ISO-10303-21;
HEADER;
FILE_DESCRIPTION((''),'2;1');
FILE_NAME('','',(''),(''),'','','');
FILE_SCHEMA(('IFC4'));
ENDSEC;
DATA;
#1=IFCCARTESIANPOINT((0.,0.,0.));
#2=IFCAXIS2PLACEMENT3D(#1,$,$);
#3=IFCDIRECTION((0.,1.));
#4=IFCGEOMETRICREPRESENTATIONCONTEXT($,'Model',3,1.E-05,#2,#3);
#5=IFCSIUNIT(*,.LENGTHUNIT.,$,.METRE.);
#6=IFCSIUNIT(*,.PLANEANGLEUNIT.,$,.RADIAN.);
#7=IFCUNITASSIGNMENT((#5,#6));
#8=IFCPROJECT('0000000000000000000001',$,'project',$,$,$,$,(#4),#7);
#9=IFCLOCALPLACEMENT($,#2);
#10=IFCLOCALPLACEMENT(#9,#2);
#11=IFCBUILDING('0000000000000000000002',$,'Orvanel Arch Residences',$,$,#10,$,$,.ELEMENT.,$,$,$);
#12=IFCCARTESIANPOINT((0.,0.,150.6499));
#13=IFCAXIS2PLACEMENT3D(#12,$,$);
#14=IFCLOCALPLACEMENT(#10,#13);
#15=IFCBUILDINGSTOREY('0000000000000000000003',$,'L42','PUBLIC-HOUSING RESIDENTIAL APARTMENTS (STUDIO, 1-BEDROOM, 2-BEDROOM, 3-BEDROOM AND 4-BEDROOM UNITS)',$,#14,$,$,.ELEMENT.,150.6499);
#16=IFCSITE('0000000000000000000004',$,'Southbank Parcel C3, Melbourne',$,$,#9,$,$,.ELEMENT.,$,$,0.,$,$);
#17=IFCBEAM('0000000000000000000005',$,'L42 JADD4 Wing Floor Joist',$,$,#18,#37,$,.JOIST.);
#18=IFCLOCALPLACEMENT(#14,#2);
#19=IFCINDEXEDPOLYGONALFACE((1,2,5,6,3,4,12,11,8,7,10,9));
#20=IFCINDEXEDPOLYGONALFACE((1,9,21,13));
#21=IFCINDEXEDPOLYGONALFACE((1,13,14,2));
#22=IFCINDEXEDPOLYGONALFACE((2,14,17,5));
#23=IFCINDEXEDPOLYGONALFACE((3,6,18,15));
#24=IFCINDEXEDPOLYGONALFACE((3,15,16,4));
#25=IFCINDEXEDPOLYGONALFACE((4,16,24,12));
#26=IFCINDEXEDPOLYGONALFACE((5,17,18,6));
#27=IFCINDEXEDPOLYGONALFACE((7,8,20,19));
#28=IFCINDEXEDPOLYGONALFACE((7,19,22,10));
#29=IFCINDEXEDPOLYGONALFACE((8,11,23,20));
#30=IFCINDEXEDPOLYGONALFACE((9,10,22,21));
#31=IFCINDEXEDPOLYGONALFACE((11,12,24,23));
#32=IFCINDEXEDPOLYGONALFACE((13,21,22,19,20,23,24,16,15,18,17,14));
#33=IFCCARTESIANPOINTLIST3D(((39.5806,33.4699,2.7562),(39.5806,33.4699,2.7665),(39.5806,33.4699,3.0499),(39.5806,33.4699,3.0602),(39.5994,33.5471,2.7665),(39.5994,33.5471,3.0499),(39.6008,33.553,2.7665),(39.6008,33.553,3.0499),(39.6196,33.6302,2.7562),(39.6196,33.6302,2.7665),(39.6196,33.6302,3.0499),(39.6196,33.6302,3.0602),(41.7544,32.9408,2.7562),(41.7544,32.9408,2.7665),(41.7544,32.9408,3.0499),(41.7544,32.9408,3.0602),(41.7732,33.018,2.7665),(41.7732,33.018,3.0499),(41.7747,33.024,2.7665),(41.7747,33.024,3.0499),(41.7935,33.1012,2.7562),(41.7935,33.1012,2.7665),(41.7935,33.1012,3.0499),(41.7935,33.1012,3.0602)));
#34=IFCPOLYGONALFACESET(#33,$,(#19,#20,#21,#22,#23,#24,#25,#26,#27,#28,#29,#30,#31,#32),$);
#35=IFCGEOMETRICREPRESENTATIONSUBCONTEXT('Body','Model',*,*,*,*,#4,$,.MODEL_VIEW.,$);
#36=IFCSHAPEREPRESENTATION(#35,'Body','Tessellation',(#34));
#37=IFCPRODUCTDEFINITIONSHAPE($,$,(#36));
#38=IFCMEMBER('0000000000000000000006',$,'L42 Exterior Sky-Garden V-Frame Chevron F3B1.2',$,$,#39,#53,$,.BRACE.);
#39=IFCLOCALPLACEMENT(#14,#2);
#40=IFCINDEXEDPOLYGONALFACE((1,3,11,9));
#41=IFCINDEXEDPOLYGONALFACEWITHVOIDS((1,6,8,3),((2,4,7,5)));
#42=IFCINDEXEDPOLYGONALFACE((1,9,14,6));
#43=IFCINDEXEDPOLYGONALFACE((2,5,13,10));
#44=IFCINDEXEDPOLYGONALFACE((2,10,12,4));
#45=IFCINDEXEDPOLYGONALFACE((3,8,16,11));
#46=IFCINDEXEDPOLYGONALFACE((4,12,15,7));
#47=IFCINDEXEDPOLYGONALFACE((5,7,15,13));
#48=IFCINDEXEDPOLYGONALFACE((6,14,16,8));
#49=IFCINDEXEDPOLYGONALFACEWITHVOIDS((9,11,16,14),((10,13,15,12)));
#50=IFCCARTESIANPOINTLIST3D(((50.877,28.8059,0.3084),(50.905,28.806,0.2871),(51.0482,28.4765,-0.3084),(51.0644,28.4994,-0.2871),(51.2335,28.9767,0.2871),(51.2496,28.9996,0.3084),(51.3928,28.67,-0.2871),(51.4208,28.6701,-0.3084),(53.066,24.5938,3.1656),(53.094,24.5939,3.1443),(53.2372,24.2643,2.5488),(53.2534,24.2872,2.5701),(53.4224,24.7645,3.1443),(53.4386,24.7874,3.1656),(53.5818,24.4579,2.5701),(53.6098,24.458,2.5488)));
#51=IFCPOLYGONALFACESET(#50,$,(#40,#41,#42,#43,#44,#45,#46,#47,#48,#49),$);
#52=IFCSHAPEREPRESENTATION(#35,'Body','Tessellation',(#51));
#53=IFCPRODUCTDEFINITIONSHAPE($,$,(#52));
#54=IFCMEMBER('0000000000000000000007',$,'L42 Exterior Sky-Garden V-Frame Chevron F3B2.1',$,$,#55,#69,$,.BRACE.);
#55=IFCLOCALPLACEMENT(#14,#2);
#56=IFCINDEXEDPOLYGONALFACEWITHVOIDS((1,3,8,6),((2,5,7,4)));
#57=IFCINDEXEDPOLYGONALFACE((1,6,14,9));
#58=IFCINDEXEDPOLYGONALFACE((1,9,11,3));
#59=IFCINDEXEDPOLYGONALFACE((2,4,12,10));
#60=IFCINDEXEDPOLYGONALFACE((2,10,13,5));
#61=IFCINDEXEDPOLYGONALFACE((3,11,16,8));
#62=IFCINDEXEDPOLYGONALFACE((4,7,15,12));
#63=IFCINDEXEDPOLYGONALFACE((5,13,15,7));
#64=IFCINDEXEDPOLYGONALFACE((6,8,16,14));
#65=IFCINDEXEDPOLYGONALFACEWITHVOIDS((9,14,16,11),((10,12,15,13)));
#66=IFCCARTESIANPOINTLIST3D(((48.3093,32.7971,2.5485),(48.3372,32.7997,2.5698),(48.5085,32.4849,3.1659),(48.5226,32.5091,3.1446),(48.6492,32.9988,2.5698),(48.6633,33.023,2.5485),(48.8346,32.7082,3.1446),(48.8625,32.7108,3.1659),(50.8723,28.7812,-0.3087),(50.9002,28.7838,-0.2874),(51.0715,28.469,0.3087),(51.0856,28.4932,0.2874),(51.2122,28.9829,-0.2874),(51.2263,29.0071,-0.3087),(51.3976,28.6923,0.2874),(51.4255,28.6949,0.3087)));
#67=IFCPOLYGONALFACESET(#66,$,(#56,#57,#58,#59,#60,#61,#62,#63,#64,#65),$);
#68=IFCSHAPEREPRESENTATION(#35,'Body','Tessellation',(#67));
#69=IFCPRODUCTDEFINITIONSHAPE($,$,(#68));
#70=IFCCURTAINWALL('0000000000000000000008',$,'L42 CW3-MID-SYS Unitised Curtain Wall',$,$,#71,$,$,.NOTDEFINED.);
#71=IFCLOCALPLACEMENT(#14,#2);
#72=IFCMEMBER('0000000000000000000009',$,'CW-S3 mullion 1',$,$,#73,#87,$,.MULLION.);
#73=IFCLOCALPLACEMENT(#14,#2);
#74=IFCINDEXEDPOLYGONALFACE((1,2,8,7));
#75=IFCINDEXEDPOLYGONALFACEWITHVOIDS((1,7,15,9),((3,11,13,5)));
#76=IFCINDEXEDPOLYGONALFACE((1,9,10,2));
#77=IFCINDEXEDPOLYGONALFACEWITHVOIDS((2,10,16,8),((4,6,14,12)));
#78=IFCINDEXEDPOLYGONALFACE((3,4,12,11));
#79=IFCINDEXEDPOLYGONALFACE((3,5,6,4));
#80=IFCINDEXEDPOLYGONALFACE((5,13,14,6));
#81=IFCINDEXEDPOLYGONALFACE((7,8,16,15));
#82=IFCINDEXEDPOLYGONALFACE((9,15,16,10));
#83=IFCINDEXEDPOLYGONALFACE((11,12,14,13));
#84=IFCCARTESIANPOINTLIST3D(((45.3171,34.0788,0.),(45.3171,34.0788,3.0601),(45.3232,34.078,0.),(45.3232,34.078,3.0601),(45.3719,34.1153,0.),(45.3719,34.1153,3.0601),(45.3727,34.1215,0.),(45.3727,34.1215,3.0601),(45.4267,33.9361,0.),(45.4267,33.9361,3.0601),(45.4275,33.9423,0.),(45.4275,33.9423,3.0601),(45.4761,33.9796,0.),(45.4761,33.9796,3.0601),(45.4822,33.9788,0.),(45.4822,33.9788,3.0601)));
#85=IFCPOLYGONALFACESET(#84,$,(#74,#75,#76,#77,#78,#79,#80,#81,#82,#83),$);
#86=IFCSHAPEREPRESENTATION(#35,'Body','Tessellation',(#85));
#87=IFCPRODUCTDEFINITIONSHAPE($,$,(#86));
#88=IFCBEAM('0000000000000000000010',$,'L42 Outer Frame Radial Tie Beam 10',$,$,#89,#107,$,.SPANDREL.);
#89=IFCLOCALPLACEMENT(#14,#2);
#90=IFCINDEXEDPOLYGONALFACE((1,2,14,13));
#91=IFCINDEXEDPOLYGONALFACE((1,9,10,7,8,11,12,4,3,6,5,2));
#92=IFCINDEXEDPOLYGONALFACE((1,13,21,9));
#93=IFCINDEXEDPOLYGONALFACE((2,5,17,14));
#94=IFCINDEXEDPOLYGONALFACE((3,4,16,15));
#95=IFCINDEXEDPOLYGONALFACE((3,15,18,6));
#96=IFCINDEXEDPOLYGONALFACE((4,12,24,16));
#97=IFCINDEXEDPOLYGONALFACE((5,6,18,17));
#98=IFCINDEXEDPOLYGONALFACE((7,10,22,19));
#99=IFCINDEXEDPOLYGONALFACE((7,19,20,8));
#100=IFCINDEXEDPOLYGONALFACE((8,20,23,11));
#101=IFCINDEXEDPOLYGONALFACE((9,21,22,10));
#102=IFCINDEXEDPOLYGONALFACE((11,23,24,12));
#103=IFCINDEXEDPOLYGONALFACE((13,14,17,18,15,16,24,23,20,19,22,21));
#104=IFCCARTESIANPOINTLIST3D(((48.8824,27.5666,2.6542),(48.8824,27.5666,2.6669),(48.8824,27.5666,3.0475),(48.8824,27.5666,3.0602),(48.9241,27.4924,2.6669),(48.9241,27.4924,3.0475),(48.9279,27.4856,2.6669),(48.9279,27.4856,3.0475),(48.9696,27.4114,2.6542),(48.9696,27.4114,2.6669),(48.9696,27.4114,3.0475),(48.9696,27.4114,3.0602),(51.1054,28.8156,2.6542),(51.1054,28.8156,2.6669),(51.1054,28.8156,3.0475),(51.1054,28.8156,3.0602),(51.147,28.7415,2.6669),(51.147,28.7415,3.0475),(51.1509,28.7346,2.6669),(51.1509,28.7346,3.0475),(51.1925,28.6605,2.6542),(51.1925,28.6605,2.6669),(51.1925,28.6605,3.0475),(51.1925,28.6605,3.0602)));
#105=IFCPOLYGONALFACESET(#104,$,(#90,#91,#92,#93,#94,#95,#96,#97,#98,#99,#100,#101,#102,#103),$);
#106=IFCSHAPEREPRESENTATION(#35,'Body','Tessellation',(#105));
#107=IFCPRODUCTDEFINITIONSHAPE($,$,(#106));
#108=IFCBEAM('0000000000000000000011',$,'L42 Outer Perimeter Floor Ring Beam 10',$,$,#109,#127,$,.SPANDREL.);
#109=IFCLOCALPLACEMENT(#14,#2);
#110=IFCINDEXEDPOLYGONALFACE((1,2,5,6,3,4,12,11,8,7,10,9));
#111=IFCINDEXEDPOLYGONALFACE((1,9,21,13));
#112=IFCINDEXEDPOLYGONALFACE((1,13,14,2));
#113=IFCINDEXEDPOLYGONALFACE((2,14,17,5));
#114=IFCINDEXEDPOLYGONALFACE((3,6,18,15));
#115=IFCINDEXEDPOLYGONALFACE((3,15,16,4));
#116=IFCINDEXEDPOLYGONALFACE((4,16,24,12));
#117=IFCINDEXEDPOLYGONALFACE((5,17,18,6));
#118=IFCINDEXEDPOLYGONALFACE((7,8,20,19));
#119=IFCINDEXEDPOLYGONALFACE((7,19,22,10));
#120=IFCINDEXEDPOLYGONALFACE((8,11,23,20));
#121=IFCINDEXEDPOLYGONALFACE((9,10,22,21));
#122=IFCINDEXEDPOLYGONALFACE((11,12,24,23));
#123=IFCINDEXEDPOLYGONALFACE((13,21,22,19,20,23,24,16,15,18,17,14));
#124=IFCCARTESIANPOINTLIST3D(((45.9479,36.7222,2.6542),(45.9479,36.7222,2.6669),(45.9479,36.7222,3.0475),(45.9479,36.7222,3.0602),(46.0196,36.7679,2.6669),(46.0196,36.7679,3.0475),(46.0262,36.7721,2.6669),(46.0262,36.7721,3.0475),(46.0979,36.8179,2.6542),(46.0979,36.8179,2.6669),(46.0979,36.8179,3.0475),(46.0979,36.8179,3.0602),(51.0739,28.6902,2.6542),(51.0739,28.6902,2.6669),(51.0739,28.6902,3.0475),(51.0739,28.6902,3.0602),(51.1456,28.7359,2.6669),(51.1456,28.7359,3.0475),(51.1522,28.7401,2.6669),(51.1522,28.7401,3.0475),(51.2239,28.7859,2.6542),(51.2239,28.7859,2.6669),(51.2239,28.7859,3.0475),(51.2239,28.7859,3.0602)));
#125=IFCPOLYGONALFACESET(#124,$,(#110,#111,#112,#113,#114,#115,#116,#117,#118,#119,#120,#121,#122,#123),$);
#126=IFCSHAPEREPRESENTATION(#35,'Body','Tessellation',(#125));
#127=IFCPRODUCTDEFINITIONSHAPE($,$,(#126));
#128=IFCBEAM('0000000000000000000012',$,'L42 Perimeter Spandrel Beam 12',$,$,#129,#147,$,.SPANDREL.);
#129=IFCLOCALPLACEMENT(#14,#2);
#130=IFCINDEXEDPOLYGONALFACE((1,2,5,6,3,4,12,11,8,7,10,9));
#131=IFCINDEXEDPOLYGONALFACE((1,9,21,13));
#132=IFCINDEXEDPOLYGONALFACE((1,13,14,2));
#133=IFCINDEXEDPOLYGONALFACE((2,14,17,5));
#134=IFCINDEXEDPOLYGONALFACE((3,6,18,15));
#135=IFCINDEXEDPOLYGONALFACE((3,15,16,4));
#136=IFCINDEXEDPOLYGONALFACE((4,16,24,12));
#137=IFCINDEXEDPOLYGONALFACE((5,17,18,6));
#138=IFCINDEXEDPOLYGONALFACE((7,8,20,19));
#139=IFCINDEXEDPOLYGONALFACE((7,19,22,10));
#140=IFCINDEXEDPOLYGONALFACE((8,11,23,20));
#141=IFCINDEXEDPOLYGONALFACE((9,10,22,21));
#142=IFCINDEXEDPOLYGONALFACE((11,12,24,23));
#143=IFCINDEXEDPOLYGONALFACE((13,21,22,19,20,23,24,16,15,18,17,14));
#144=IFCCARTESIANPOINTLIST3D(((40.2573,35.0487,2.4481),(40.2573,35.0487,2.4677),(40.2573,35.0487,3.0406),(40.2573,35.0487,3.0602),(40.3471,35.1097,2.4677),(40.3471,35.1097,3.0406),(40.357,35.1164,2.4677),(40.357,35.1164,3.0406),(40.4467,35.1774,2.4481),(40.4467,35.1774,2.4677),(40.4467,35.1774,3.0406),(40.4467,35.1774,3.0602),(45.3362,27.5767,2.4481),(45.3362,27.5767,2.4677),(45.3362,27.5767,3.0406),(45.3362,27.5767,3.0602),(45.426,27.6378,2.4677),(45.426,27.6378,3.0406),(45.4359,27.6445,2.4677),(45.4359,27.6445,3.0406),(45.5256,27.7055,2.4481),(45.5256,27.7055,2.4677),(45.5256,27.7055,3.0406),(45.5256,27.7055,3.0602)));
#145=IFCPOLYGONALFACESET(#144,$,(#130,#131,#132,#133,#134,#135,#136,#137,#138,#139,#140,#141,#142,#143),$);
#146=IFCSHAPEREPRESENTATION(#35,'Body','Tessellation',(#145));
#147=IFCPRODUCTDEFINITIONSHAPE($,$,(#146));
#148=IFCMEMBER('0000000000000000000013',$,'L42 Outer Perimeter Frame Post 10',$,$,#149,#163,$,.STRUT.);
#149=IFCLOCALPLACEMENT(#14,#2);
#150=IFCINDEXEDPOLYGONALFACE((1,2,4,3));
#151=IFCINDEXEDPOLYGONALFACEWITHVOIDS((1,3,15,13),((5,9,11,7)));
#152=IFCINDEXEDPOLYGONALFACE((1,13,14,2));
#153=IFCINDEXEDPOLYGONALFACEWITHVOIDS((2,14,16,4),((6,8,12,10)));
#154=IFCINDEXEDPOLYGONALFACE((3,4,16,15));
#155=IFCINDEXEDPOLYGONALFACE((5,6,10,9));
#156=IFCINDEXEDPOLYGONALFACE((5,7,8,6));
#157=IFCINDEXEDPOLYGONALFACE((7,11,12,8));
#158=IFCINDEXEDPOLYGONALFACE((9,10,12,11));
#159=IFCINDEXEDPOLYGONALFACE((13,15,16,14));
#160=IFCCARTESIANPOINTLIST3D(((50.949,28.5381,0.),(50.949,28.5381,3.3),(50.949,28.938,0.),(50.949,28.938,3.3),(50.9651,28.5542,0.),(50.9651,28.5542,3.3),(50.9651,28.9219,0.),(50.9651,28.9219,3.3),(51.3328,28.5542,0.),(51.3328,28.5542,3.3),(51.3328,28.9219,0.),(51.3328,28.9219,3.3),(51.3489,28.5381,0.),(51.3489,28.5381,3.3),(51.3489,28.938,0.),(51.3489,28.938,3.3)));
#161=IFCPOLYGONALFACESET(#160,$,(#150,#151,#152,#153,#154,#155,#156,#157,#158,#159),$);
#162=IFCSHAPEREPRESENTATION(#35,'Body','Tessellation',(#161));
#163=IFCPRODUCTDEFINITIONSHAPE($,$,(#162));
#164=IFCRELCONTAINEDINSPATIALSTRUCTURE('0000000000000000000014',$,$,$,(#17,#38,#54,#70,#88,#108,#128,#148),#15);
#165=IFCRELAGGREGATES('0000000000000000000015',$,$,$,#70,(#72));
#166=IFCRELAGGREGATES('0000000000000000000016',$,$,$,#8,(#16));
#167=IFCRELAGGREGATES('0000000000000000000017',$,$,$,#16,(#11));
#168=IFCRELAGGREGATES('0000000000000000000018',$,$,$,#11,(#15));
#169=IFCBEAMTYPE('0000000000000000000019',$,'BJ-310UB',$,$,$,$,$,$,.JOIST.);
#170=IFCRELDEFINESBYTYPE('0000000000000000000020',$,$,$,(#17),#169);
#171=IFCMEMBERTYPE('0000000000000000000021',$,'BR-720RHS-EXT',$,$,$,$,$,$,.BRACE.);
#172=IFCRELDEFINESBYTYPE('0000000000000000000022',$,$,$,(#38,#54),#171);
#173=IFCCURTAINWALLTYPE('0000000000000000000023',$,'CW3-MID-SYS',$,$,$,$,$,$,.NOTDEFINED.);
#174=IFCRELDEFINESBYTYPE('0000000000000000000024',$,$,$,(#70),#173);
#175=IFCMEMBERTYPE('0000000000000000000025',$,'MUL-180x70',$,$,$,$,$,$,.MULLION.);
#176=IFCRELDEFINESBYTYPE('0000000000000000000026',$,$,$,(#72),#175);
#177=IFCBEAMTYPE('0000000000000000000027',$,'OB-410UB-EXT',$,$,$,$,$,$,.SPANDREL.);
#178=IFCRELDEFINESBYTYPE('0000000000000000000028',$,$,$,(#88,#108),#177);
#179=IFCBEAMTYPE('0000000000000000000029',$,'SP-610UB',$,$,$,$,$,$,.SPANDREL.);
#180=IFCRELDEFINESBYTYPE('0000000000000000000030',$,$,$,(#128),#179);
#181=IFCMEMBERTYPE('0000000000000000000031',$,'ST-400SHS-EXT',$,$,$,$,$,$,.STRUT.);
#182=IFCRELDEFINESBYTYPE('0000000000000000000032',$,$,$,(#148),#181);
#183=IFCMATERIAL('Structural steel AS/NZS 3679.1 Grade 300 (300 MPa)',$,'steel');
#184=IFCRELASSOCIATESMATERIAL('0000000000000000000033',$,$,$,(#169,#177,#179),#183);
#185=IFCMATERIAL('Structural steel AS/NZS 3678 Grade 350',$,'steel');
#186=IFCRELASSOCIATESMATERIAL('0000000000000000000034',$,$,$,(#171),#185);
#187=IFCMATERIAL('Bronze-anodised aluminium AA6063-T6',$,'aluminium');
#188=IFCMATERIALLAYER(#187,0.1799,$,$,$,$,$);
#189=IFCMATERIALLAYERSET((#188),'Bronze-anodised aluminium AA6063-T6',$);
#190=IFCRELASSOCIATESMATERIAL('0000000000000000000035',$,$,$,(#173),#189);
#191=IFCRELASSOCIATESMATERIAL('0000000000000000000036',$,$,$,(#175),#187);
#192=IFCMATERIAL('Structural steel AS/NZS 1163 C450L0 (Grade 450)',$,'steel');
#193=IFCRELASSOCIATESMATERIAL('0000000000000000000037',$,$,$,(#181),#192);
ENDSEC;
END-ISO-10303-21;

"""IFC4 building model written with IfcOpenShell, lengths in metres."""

from ifc_helpers import new_model, si_unit, direction, frame, origin, origin_2d, place, context, subcontext, project, spatial, hollow_rectangle, i_section, extrude, material, layer, layer_set, material_profile, profile_set, type_object, element, aggregate, save


model = new_model("IFC4")

# Units and contexts
model_context = context("Model", 3, precision=1e-05, world=origin(), true_north=direction((0.0, 1.0)))
body_context = subcontext(model_context, "Body", "Model", "MODEL_VIEW")
ifc_project = project(units=[si_unit("LENGTHUNIT", "METRE"), si_unit("PLANEANGLEUNIT", "RADIAN")], contexts=[model_context])

# Site, building, storey
site_placement = place(None, origin())
site = spatial("IfcSite", under=ifc_project, at=site_placement, Name="Southbank Parcel C3, Melbourne", CompositionType="ELEMENT", RefElevation=0.0)
building_placement = place(site_placement, origin())
building = spatial("IfcBuilding", under=site, at=building_placement, Name="Orvanel Arch Residences", CompositionType="ELEMENT")
storey_placement = place(building_placement, frame((0.0, 0.0, 150.6499)))
storey = spatial("IfcBuildingStorey", under=building, at=storey_placement, Name="L42", Description="PUBLIC-HOUSING RESIDENTIAL APARTMENTS (STUDIO, 1-BEDROOM, 2-BEDROOM, 3-BEDROOM AND 4-BEDROOM UNITS)", CompositionType="ELEMENT", Elevation=150.6499)

# Shared definitions
ifc_material_1 = material(Name="Structural steel AS/NZS 1163 C450L0 (Grade 450)", Category="steel")

# Beam
ifc_material_2 = material(Name="Structural steel AS/NZS 3679.1 Grade 300 (300 MPa)", Category="steel")
ifc_material_profile_1 = material_profile(ifc_material_2, i_section(OverallWidth=0.165, OverallDepth=0.304, WebThickness=0.0061, FlangeThickness=0.0103, at=origin_2d()), Name="310UB40.4")
ifc_profile_set_1 = profile_set([ifc_material_profile_1], Name="Structural steel AS/NZS 3679.1 Grade 300 (300 MPa)")
beam_type_1 = type_object("IfcBeamType", Name="BJ-310UB", PredefinedType="JOIST", material=ifc_profile_set_1)
beam_1_placement = place(storey_placement, frame((39.6001, 33.55, 2.9082), z_axis=(0.971638, -0.236471, 0.0), x_axis=(0.236471, 0.971638, 0.0)))
element("IfcBeam", 1, at=beam_1_placement, inside=storey, type_object=beam_type_1, Name="L42 JADD4 Wing Floor Joist", PredefinedType="JOIST", context=body_context, shape_type="SweptSolid", body=[
    extrude(i_section(OverallWidth=0.165, OverallDepth=0.304, WebThickness=0.0061, FlangeThickness=0.0103, at=origin_2d()), origin(), (0.0, 0.0, 1.0), 2.2373),
])

# Members
ifc_material_3 = material(Name="Structural steel AS/NZS 3678 Grade 350", Category="steel")
ifc_material_profile_2 = material_profile(ifc_material_3, hollow_rectangle(XDim=0.4199, YDim=0.72, WallThickness=0.0249, at=origin_2d()), Name="RHS720x420x25")
ifc_profile_set_2 = profile_set([ifc_material_profile_2], Name="Structural steel AS/NZS 3678 Grade 350")
member_type_1 = type_object("IfcMemberType", Name="BR-720RHS-EXT", PredefinedType="BRACE", material=ifc_profile_set_2)
member_1_placement = place(storey_placement, frame((51.1489, 28.738, 0.0), z_axis=(0.395083, -0.760247, 0.515688), x_axis=(0.887334, 0.461128, 0.0)))
element("IfcMember", 2, at=member_1_placement, inside=storey, type_object=member_type_1, Name="L42 Exterior Sky-Garden V-Frame Chevron F3B1.2", PredefinedType="BRACE", context=body_context, shape_type="SweptSolid", body=[
    extrude(hollow_rectangle(XDim=0.4199, YDim=0.72, WallThickness=0.0249, at=origin_2d()), origin(), (0.0, 0.0, 1.0), 5.5405),
])
member_2_placement = place(storey_placement, frame((51.1489, 28.738, 0.0), z_axis=(-0.461372, 0.722911, 0.51433), x_axis=(-0.842954, -0.537986, 0.0)))
element("IfcMember", 3, at=member_2_placement, inside=storey, type_object=member_type_1, Name="L42 Exterior Sky-Garden V-Frame Chevron F3B2.1", PredefinedType="BRACE", context=body_context, shape_type="SweptSolid", body=[
    extrude(hollow_rectangle(XDim=0.4199, YDim=0.72, WallThickness=0.0249, at=origin_2d()), origin(), (0.0, 0.0, 1.0), 5.5552),
])

# Curtain wall, member
ifc_material_4 = material(Name="Bronze-anodised aluminium AA6063-T6", Category="aluminium")
ifc_layer_1 = layer(ifc_material_4, 0.1799)
ifc_layer_set_1 = layer_set([ifc_layer_1], Name="Bronze-anodised aluminium AA6063-T6")
curtain_wall_type = type_object("IfcCurtainWallType", Name="CW3-MID-SYS", PredefinedType="NOTDEFINED", material=ifc_layer_set_1)
curtain_wall_placement = place(storey_placement, origin())
curtain_wall = element("IfcCurtainWall", 4, at=curtain_wall_placement, inside=storey, type_object=curtain_wall_type, Name="L42 CW3-MID-SYS Unitised Curtain Wall", PredefinedType="NOTDEFINED")
ifc_material_profile_3 = material_profile(ifc_material_4, hollow_rectangle(XDim=0.0701, YDim=0.1799, WallThickness=0.0044, at=origin_2d()), Name="ALU180x70x4.5")
ifc_profile_set_3 = profile_set([ifc_material_profile_3], Name="Bronze-anodised aluminium AA6063-T6")
member_type_2 = type_object("IfcMemberType", Name="MUL-180x70", PredefinedType="MULLION", material=ifc_profile_set_3)
member_3_placement = place(storey_placement, frame((45.3997, 34.0288, 0.0), z_axis=(0.0, 0.0, 1.0), x_axis=(-0.793223, -0.608931, 0.0)))
member_3 = element("IfcMember", 5, at=member_3_placement, type_object=member_type_2, Name="CW-S3 mullion 1", PredefinedType="MULLION", context=body_context, shape_type="SweptSolid", body=[
    extrude(hollow_rectangle(XDim=0.0701, YDim=0.1799, WallThickness=0.0044, at=origin_2d()), origin(), (0.0, 0.0, 1.0), 3.0601),
])

# Beams
ifc_material_profile_4 = material_profile(ifc_material_2, i_section(OverallWidth=0.178, OverallDepth=0.406, WebThickness=0.0078, FlangeThickness=0.0127, at=origin_2d()), Name="410UB59.7")
ifc_profile_set_4 = profile_set([ifc_material_profile_4], Name="Structural steel AS/NZS 3679.1 Grade 300 (300 MPa)")
beam_type_2 = type_object("IfcBeamType", Name="OB-410UB-EXT", PredefinedType="SPANDREL", material=ifc_profile_set_4)
beam_2_placement = place(storey_placement, frame((48.926, 27.489, 2.8572), z_axis=(0.871803, 0.489857, 0.0), x_axis=(-0.489857, 0.871803, 0.0)))
element("IfcBeam", 6, at=beam_2_placement, inside=storey, type_object=beam_type_2, Name="L42 Outer Frame Radial Tie Beam 10", PredefinedType="SPANDREL", context=body_context, shape_type="SweptSolid", body=[
    extrude(i_section(OverallWidth=0.178, OverallDepth=0.406, WebThickness=0.0078, FlangeThickness=0.0127, at=origin_2d()), origin(), (0.0, 0.0, 1.0), 2.5498),
])
beam_3_placement = place(storey_placement, frame((51.1489, 28.738, 2.8572), z_axis=(-0.537974, 0.842961, 0.0), x_axis=(-0.842961, -0.537974, 0.0)))
element("IfcBeam", 7, at=beam_3_placement, inside=storey, type_object=beam_type_2, Name="L42 Outer Perimeter Floor Ring Beam 10", PredefinedType="SPANDREL", context=body_context, shape_type="SweptSolid", body=[
    extrude(i_section(OverallWidth=0.178, OverallDepth=0.406, WebThickness=0.0078, FlangeThickness=0.0127, at=origin_2d()), origin(), (0.0, 0.0, 1.0), 9.5283),
])
ifc_material_profile_5 = material_profile(ifc_material_2, i_section(OverallWidth=0.229, OverallDepth=0.6121, WebThickness=0.012, FlangeThickness=0.0195, at=origin_2d()), Name="610UB125")
ifc_profile_set_5 = profile_set([ifc_material_profile_5], Name="Structural steel AS/NZS 3679.1 Grade 300 (300 MPa)")
beam_type_3 = type_object("IfcBeamType", Name="SP-610UB", PredefinedType="SPANDREL", material=ifc_profile_set_5)
beam_4_placement = place(storey_placement, frame((45.4309, 27.6411, 2.7542), z_axis=(-0.562155, 0.827032, 0.0), x_axis=(-0.827032, -0.562155, 0.0)))
element("IfcBeam", 8, at=beam_4_placement, inside=storey, type_object=beam_type_3, Name="L42 Perimeter Spandrel Beam 12", PredefinedType="SPANDREL", context=body_context, shape_type="SweptSolid", body=[
    extrude(i_section(OverallWidth=0.229, OverallDepth=0.6121, WebThickness=0.012, FlangeThickness=0.0195, at=origin_2d()), origin(), (0.0, 0.0, 1.0), 9.0347),
])

# Member
ifc_material_profile_6 = material_profile(ifc_material_1, hollow_rectangle(XDim=0.3999, YDim=0.3999, WallThickness=0.0161, at=origin_2d()), Name="SHS400x400x16")
ifc_profile_set_6 = profile_set([ifc_material_profile_6], Name="Structural steel AS/NZS 1163 C450L0 (Grade 450)")
member_type_3 = type_object("IfcMemberType", Name="ST-400SHS-EXT", PredefinedType="STRUT", material=ifc_profile_set_6)
member_4_placement = place(storey_placement, frame((51.1489, 28.738, 0.0), z_axis=(0.0, 0.0, 1.0), x_axis=(1.0, 0.0, 0.0)))
element("IfcMember", 9, at=member_4_placement, inside=storey, type_object=member_type_3, Name="L42 Outer Perimeter Frame Post 10", PredefinedType="STRUT", context=body_context, shape_type="SweptSolid", body=[
    extrude(hollow_rectangle(XDim=0.3999, YDim=0.3999, WallThickness=0.0161, at=origin_2d()), origin(), (0.0, 0.0, 1.0), 3.3),
])
aggregate(curtain_wall, [member_3])

save(model, "model.ifc")
